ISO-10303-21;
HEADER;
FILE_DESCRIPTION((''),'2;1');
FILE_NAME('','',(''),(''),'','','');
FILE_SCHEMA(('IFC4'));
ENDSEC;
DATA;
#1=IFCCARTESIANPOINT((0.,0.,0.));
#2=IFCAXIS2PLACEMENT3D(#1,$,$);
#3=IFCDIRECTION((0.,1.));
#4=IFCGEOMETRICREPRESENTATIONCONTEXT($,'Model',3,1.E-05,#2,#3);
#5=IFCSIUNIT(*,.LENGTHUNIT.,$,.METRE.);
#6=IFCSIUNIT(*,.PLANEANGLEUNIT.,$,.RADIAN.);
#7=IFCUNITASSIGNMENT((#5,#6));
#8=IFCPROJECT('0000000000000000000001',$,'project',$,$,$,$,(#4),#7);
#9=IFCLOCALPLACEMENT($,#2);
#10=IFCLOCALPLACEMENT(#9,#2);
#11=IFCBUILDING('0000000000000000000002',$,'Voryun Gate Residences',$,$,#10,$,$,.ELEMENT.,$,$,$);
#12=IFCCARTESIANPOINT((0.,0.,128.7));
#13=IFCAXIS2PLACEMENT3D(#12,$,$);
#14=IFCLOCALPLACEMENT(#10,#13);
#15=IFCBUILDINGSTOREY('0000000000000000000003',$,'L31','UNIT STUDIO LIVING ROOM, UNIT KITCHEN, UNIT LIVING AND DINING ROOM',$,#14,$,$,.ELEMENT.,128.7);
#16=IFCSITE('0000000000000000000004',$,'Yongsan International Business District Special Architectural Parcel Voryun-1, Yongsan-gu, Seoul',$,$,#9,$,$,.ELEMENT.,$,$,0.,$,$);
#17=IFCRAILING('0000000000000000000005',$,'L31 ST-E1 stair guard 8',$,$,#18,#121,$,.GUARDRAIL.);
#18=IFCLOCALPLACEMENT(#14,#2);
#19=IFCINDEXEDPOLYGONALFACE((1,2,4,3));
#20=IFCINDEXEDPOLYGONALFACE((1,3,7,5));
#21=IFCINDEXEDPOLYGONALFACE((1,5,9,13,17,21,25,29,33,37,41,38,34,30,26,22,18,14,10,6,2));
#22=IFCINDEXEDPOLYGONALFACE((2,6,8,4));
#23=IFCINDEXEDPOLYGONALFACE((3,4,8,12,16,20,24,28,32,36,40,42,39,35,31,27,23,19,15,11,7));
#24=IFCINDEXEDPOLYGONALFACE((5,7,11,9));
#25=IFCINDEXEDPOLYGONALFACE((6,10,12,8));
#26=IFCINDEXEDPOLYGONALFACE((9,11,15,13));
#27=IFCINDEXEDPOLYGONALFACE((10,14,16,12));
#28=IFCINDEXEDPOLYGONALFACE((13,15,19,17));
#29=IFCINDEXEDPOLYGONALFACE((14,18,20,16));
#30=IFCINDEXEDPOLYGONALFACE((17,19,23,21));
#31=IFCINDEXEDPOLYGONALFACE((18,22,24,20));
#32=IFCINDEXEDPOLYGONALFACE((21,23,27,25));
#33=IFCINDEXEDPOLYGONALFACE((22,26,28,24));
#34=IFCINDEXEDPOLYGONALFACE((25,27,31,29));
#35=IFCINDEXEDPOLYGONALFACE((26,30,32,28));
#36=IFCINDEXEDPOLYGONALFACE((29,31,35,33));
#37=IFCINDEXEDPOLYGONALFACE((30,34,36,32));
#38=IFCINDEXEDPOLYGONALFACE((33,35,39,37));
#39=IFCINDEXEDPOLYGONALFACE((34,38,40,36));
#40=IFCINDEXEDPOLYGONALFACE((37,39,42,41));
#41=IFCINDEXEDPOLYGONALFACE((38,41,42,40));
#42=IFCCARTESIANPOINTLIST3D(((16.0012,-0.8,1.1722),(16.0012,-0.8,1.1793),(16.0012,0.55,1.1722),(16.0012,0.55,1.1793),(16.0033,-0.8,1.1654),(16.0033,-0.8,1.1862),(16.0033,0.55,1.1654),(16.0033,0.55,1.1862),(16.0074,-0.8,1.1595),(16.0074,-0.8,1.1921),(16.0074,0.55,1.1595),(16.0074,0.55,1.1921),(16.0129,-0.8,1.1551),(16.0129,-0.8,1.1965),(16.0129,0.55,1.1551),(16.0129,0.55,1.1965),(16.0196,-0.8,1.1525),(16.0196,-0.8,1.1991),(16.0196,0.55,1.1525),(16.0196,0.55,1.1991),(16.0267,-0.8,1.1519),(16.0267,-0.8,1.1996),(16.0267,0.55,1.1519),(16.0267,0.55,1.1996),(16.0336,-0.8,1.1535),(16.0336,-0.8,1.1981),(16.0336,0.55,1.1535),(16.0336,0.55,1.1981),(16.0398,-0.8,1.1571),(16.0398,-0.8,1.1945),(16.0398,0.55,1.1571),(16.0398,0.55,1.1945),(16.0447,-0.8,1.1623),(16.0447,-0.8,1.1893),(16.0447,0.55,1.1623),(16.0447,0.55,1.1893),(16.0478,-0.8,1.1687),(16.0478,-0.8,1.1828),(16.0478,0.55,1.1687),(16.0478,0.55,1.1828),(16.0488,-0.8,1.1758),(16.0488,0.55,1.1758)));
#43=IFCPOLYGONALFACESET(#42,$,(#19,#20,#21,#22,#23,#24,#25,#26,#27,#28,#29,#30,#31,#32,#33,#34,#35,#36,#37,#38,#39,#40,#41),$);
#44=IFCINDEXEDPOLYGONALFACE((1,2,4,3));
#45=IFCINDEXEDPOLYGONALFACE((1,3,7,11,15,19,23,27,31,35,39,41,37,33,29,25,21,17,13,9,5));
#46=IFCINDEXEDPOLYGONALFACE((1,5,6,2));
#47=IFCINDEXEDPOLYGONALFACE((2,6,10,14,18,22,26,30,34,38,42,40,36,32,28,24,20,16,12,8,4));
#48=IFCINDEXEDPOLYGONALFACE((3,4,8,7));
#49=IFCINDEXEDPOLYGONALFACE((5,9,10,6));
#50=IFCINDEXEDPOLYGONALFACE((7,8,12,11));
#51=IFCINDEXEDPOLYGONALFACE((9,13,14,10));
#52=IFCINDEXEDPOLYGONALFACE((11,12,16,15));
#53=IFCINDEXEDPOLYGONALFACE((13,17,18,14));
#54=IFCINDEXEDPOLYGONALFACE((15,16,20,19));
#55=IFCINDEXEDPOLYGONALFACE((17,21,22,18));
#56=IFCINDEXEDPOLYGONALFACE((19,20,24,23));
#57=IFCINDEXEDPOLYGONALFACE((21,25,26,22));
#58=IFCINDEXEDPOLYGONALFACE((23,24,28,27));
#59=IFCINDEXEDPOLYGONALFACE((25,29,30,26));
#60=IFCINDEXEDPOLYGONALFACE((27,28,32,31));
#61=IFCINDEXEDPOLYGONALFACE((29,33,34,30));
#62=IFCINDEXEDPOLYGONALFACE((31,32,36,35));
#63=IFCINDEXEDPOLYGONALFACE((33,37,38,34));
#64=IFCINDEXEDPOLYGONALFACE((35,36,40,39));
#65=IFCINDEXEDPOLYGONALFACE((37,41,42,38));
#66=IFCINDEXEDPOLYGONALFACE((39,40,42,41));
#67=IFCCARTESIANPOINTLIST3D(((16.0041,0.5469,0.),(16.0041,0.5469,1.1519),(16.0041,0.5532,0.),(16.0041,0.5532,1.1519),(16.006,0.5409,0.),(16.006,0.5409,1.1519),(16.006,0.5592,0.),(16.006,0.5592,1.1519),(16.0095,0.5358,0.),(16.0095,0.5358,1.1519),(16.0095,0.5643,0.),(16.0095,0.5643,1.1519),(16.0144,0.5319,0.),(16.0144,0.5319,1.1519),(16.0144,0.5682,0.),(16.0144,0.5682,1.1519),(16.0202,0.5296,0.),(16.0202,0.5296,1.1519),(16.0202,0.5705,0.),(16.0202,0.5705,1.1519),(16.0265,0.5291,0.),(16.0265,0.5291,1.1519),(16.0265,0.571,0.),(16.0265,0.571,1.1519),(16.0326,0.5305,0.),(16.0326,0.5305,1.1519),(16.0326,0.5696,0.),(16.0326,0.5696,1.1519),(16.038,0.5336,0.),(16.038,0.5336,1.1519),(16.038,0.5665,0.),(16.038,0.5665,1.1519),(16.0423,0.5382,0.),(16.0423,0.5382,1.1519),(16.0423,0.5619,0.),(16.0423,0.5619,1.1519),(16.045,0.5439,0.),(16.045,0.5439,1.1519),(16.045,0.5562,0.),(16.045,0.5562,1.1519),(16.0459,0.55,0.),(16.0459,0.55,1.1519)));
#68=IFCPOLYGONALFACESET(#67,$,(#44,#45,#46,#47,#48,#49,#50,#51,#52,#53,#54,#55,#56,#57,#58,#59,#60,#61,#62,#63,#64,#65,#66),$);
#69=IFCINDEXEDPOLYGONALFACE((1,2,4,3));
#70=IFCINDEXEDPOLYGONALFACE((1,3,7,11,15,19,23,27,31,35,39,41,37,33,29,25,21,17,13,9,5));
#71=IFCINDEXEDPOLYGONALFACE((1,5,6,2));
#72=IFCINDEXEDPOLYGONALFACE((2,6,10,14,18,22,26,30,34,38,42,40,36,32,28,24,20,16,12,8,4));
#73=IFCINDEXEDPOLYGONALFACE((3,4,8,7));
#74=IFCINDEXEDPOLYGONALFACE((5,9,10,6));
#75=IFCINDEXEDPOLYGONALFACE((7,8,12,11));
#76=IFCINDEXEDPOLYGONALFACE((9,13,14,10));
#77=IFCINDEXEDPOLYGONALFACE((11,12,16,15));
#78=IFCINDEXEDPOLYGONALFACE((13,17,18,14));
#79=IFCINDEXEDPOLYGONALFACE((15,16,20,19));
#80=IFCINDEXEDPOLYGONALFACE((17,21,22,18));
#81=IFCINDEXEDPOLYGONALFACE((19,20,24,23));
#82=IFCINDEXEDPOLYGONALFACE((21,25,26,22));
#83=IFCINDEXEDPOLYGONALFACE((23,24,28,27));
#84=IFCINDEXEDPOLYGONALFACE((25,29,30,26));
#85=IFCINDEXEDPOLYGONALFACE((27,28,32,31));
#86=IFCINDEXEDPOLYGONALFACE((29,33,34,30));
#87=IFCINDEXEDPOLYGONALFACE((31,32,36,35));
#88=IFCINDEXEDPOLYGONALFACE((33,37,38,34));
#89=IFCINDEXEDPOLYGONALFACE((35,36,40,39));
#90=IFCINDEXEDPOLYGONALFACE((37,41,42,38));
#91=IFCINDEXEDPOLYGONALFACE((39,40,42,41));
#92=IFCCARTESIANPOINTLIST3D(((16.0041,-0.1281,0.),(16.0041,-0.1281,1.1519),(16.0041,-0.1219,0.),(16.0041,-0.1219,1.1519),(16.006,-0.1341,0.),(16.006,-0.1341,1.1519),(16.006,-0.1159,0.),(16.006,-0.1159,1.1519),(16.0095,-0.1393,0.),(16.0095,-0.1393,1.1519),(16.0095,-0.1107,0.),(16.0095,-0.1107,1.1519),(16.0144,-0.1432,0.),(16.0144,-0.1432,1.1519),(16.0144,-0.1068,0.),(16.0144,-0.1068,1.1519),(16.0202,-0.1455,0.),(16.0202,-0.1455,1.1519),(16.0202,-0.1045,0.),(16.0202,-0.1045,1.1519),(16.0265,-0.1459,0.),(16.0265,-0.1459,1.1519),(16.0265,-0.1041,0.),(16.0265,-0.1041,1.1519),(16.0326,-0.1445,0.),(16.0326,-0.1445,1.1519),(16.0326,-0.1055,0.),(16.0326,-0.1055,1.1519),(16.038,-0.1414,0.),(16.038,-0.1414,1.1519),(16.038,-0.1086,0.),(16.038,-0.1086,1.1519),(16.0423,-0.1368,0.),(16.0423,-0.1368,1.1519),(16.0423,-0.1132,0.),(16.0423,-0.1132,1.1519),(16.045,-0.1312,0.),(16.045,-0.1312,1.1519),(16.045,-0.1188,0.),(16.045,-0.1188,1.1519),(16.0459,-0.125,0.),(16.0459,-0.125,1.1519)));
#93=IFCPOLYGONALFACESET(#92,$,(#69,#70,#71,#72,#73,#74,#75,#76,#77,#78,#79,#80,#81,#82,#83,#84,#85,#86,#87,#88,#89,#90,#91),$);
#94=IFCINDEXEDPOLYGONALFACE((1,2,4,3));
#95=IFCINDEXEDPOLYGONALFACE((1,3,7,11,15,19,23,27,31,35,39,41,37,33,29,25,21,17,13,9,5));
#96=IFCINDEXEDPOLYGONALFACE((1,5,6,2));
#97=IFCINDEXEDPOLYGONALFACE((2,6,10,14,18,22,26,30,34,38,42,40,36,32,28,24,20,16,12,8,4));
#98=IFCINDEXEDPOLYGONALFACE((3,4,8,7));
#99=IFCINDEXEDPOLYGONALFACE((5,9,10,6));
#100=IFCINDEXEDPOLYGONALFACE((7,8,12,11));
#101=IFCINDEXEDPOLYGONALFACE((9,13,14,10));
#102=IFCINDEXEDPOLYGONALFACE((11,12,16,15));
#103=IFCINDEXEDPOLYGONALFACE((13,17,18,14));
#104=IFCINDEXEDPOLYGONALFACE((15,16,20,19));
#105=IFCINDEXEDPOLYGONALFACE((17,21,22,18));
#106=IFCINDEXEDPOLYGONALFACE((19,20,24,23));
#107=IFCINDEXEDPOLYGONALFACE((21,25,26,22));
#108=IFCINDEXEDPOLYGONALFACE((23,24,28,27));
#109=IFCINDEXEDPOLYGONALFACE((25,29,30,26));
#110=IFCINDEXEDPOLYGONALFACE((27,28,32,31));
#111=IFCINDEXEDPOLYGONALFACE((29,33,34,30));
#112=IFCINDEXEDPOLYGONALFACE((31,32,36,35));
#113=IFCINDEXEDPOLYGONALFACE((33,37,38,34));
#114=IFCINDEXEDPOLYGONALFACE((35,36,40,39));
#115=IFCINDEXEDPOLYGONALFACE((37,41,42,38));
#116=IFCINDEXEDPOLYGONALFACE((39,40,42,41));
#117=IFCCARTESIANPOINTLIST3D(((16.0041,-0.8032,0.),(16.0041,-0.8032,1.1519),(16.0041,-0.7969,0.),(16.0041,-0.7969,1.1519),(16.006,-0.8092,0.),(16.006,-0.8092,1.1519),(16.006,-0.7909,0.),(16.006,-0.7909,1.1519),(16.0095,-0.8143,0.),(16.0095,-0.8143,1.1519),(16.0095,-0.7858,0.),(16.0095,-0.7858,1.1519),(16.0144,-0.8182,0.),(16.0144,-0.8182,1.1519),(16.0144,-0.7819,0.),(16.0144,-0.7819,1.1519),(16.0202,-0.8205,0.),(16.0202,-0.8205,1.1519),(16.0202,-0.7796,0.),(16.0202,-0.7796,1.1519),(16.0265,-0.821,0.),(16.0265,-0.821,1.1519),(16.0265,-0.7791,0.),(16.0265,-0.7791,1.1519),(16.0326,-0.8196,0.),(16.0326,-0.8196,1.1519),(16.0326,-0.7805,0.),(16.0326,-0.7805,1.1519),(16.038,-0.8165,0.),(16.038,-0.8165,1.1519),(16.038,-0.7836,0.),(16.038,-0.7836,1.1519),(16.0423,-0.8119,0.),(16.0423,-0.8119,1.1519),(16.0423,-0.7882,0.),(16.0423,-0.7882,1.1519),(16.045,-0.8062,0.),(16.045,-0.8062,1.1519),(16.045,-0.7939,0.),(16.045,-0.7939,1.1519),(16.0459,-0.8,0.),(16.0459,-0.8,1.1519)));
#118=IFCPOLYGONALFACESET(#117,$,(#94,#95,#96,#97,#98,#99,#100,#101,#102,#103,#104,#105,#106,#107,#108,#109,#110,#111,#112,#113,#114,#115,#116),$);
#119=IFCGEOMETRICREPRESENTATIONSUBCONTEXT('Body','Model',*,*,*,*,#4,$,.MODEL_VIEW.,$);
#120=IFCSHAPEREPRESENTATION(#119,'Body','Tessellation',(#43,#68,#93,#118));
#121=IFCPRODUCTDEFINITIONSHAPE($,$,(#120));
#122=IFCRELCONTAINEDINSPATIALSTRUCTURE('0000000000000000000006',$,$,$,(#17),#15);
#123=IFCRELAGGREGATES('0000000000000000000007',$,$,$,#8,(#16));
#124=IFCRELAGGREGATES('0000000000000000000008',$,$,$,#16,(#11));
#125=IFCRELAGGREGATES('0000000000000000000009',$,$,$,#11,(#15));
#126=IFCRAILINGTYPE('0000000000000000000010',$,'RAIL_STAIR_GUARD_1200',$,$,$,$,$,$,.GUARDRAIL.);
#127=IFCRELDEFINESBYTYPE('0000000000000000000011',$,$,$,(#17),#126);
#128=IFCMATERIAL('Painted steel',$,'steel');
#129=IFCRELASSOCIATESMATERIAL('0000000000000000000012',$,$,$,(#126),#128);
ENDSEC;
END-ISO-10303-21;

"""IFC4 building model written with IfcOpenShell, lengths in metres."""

from ifc_helpers import new_model, si_unit, direction, frame, origin, origin_2d, place, context, subcontext, project, spatial, circle, extrude, material, type_object, element, save


model = new_model("IFC4")

# Units and contexts
model_context = context("Model", 3, precision=1e-05, world=origin(), true_north=direction((0.0, 1.0)))
body_context = subcontext(model_context, "Body", "Model", "MODEL_VIEW")
ifc_project = project(units=[si_unit("LENGTHUNIT", "METRE"), si_unit("PLANEANGLEUNIT", "RADIAN")], contexts=[model_context])

# Site, building, storey
site_placement = place(None, origin())
site = spatial("IfcSite", under=ifc_project, at=site_placement, Name="Yongsan International Business District Special Architectural Parcel Voryun-1, Yongsan-gu, Seoul", CompositionType="ELEMENT", RefElevation=0.0)
building_placement = place(site_placement, origin())
building = spatial("IfcBuilding", under=site, at=building_placement, Name="Voryun Gate Residences", CompositionType="ELEMENT")
storey_placement = place(building_placement, frame((0.0, 0.0, 128.7)))
storey = spatial("IfcBuildingStorey", under=building, at=storey_placement, Name="L31", Description="UNIT STUDIO LIVING ROOM, UNIT KITCHEN, UNIT LIVING AND DINING ROOM", CompositionType="ELEMENT", Elevation=128.7)

# Railing
ifc_material_1 = material(Name="Painted steel", Category="steel")
railing_type = type_object("IfcRailingType", Name="RAIL_STAIR_GUARD_1200", PredefinedType="GUARDRAIL", material=ifc_material_1)
railing_1_placement = place(storey_placement, frame((16.0249, 0.55, 0.0)))
element("IfcRailing", 1, at=railing_1_placement, inside=storey, type_object=railing_type, Name="L31 ST-E1 stair guard 8", PredefinedType="GUARDRAIL", context=body_context, shape_type="SweptSolid", body=[
    extrude(circle(Radius=0.0239, at=origin_2d()), frame((0.0, 0.0, 1.1758), z_axis=(0.0, -1.0, 0.0), x_axis=(1.0, 0.0, 0.0)), (0.0, 0.0, 1.0), 1.3501),
    extrude(circle(Radius=0.021, at=origin_2d()), origin(), (0.0, 0.0, 1.0), 1.1519),
    extrude(circle(Radius=0.021, at=origin_2d()), frame((0.0, -0.675, 0.0)), (0.0, 0.0, 1.0), 1.1519),
    extrude(circle(Radius=0.021, at=origin_2d()), frame((0.0, -1.3501, 0.0)), (0.0, 0.0, 1.0), 1.1519),
])

save(model, "model.ifc")
